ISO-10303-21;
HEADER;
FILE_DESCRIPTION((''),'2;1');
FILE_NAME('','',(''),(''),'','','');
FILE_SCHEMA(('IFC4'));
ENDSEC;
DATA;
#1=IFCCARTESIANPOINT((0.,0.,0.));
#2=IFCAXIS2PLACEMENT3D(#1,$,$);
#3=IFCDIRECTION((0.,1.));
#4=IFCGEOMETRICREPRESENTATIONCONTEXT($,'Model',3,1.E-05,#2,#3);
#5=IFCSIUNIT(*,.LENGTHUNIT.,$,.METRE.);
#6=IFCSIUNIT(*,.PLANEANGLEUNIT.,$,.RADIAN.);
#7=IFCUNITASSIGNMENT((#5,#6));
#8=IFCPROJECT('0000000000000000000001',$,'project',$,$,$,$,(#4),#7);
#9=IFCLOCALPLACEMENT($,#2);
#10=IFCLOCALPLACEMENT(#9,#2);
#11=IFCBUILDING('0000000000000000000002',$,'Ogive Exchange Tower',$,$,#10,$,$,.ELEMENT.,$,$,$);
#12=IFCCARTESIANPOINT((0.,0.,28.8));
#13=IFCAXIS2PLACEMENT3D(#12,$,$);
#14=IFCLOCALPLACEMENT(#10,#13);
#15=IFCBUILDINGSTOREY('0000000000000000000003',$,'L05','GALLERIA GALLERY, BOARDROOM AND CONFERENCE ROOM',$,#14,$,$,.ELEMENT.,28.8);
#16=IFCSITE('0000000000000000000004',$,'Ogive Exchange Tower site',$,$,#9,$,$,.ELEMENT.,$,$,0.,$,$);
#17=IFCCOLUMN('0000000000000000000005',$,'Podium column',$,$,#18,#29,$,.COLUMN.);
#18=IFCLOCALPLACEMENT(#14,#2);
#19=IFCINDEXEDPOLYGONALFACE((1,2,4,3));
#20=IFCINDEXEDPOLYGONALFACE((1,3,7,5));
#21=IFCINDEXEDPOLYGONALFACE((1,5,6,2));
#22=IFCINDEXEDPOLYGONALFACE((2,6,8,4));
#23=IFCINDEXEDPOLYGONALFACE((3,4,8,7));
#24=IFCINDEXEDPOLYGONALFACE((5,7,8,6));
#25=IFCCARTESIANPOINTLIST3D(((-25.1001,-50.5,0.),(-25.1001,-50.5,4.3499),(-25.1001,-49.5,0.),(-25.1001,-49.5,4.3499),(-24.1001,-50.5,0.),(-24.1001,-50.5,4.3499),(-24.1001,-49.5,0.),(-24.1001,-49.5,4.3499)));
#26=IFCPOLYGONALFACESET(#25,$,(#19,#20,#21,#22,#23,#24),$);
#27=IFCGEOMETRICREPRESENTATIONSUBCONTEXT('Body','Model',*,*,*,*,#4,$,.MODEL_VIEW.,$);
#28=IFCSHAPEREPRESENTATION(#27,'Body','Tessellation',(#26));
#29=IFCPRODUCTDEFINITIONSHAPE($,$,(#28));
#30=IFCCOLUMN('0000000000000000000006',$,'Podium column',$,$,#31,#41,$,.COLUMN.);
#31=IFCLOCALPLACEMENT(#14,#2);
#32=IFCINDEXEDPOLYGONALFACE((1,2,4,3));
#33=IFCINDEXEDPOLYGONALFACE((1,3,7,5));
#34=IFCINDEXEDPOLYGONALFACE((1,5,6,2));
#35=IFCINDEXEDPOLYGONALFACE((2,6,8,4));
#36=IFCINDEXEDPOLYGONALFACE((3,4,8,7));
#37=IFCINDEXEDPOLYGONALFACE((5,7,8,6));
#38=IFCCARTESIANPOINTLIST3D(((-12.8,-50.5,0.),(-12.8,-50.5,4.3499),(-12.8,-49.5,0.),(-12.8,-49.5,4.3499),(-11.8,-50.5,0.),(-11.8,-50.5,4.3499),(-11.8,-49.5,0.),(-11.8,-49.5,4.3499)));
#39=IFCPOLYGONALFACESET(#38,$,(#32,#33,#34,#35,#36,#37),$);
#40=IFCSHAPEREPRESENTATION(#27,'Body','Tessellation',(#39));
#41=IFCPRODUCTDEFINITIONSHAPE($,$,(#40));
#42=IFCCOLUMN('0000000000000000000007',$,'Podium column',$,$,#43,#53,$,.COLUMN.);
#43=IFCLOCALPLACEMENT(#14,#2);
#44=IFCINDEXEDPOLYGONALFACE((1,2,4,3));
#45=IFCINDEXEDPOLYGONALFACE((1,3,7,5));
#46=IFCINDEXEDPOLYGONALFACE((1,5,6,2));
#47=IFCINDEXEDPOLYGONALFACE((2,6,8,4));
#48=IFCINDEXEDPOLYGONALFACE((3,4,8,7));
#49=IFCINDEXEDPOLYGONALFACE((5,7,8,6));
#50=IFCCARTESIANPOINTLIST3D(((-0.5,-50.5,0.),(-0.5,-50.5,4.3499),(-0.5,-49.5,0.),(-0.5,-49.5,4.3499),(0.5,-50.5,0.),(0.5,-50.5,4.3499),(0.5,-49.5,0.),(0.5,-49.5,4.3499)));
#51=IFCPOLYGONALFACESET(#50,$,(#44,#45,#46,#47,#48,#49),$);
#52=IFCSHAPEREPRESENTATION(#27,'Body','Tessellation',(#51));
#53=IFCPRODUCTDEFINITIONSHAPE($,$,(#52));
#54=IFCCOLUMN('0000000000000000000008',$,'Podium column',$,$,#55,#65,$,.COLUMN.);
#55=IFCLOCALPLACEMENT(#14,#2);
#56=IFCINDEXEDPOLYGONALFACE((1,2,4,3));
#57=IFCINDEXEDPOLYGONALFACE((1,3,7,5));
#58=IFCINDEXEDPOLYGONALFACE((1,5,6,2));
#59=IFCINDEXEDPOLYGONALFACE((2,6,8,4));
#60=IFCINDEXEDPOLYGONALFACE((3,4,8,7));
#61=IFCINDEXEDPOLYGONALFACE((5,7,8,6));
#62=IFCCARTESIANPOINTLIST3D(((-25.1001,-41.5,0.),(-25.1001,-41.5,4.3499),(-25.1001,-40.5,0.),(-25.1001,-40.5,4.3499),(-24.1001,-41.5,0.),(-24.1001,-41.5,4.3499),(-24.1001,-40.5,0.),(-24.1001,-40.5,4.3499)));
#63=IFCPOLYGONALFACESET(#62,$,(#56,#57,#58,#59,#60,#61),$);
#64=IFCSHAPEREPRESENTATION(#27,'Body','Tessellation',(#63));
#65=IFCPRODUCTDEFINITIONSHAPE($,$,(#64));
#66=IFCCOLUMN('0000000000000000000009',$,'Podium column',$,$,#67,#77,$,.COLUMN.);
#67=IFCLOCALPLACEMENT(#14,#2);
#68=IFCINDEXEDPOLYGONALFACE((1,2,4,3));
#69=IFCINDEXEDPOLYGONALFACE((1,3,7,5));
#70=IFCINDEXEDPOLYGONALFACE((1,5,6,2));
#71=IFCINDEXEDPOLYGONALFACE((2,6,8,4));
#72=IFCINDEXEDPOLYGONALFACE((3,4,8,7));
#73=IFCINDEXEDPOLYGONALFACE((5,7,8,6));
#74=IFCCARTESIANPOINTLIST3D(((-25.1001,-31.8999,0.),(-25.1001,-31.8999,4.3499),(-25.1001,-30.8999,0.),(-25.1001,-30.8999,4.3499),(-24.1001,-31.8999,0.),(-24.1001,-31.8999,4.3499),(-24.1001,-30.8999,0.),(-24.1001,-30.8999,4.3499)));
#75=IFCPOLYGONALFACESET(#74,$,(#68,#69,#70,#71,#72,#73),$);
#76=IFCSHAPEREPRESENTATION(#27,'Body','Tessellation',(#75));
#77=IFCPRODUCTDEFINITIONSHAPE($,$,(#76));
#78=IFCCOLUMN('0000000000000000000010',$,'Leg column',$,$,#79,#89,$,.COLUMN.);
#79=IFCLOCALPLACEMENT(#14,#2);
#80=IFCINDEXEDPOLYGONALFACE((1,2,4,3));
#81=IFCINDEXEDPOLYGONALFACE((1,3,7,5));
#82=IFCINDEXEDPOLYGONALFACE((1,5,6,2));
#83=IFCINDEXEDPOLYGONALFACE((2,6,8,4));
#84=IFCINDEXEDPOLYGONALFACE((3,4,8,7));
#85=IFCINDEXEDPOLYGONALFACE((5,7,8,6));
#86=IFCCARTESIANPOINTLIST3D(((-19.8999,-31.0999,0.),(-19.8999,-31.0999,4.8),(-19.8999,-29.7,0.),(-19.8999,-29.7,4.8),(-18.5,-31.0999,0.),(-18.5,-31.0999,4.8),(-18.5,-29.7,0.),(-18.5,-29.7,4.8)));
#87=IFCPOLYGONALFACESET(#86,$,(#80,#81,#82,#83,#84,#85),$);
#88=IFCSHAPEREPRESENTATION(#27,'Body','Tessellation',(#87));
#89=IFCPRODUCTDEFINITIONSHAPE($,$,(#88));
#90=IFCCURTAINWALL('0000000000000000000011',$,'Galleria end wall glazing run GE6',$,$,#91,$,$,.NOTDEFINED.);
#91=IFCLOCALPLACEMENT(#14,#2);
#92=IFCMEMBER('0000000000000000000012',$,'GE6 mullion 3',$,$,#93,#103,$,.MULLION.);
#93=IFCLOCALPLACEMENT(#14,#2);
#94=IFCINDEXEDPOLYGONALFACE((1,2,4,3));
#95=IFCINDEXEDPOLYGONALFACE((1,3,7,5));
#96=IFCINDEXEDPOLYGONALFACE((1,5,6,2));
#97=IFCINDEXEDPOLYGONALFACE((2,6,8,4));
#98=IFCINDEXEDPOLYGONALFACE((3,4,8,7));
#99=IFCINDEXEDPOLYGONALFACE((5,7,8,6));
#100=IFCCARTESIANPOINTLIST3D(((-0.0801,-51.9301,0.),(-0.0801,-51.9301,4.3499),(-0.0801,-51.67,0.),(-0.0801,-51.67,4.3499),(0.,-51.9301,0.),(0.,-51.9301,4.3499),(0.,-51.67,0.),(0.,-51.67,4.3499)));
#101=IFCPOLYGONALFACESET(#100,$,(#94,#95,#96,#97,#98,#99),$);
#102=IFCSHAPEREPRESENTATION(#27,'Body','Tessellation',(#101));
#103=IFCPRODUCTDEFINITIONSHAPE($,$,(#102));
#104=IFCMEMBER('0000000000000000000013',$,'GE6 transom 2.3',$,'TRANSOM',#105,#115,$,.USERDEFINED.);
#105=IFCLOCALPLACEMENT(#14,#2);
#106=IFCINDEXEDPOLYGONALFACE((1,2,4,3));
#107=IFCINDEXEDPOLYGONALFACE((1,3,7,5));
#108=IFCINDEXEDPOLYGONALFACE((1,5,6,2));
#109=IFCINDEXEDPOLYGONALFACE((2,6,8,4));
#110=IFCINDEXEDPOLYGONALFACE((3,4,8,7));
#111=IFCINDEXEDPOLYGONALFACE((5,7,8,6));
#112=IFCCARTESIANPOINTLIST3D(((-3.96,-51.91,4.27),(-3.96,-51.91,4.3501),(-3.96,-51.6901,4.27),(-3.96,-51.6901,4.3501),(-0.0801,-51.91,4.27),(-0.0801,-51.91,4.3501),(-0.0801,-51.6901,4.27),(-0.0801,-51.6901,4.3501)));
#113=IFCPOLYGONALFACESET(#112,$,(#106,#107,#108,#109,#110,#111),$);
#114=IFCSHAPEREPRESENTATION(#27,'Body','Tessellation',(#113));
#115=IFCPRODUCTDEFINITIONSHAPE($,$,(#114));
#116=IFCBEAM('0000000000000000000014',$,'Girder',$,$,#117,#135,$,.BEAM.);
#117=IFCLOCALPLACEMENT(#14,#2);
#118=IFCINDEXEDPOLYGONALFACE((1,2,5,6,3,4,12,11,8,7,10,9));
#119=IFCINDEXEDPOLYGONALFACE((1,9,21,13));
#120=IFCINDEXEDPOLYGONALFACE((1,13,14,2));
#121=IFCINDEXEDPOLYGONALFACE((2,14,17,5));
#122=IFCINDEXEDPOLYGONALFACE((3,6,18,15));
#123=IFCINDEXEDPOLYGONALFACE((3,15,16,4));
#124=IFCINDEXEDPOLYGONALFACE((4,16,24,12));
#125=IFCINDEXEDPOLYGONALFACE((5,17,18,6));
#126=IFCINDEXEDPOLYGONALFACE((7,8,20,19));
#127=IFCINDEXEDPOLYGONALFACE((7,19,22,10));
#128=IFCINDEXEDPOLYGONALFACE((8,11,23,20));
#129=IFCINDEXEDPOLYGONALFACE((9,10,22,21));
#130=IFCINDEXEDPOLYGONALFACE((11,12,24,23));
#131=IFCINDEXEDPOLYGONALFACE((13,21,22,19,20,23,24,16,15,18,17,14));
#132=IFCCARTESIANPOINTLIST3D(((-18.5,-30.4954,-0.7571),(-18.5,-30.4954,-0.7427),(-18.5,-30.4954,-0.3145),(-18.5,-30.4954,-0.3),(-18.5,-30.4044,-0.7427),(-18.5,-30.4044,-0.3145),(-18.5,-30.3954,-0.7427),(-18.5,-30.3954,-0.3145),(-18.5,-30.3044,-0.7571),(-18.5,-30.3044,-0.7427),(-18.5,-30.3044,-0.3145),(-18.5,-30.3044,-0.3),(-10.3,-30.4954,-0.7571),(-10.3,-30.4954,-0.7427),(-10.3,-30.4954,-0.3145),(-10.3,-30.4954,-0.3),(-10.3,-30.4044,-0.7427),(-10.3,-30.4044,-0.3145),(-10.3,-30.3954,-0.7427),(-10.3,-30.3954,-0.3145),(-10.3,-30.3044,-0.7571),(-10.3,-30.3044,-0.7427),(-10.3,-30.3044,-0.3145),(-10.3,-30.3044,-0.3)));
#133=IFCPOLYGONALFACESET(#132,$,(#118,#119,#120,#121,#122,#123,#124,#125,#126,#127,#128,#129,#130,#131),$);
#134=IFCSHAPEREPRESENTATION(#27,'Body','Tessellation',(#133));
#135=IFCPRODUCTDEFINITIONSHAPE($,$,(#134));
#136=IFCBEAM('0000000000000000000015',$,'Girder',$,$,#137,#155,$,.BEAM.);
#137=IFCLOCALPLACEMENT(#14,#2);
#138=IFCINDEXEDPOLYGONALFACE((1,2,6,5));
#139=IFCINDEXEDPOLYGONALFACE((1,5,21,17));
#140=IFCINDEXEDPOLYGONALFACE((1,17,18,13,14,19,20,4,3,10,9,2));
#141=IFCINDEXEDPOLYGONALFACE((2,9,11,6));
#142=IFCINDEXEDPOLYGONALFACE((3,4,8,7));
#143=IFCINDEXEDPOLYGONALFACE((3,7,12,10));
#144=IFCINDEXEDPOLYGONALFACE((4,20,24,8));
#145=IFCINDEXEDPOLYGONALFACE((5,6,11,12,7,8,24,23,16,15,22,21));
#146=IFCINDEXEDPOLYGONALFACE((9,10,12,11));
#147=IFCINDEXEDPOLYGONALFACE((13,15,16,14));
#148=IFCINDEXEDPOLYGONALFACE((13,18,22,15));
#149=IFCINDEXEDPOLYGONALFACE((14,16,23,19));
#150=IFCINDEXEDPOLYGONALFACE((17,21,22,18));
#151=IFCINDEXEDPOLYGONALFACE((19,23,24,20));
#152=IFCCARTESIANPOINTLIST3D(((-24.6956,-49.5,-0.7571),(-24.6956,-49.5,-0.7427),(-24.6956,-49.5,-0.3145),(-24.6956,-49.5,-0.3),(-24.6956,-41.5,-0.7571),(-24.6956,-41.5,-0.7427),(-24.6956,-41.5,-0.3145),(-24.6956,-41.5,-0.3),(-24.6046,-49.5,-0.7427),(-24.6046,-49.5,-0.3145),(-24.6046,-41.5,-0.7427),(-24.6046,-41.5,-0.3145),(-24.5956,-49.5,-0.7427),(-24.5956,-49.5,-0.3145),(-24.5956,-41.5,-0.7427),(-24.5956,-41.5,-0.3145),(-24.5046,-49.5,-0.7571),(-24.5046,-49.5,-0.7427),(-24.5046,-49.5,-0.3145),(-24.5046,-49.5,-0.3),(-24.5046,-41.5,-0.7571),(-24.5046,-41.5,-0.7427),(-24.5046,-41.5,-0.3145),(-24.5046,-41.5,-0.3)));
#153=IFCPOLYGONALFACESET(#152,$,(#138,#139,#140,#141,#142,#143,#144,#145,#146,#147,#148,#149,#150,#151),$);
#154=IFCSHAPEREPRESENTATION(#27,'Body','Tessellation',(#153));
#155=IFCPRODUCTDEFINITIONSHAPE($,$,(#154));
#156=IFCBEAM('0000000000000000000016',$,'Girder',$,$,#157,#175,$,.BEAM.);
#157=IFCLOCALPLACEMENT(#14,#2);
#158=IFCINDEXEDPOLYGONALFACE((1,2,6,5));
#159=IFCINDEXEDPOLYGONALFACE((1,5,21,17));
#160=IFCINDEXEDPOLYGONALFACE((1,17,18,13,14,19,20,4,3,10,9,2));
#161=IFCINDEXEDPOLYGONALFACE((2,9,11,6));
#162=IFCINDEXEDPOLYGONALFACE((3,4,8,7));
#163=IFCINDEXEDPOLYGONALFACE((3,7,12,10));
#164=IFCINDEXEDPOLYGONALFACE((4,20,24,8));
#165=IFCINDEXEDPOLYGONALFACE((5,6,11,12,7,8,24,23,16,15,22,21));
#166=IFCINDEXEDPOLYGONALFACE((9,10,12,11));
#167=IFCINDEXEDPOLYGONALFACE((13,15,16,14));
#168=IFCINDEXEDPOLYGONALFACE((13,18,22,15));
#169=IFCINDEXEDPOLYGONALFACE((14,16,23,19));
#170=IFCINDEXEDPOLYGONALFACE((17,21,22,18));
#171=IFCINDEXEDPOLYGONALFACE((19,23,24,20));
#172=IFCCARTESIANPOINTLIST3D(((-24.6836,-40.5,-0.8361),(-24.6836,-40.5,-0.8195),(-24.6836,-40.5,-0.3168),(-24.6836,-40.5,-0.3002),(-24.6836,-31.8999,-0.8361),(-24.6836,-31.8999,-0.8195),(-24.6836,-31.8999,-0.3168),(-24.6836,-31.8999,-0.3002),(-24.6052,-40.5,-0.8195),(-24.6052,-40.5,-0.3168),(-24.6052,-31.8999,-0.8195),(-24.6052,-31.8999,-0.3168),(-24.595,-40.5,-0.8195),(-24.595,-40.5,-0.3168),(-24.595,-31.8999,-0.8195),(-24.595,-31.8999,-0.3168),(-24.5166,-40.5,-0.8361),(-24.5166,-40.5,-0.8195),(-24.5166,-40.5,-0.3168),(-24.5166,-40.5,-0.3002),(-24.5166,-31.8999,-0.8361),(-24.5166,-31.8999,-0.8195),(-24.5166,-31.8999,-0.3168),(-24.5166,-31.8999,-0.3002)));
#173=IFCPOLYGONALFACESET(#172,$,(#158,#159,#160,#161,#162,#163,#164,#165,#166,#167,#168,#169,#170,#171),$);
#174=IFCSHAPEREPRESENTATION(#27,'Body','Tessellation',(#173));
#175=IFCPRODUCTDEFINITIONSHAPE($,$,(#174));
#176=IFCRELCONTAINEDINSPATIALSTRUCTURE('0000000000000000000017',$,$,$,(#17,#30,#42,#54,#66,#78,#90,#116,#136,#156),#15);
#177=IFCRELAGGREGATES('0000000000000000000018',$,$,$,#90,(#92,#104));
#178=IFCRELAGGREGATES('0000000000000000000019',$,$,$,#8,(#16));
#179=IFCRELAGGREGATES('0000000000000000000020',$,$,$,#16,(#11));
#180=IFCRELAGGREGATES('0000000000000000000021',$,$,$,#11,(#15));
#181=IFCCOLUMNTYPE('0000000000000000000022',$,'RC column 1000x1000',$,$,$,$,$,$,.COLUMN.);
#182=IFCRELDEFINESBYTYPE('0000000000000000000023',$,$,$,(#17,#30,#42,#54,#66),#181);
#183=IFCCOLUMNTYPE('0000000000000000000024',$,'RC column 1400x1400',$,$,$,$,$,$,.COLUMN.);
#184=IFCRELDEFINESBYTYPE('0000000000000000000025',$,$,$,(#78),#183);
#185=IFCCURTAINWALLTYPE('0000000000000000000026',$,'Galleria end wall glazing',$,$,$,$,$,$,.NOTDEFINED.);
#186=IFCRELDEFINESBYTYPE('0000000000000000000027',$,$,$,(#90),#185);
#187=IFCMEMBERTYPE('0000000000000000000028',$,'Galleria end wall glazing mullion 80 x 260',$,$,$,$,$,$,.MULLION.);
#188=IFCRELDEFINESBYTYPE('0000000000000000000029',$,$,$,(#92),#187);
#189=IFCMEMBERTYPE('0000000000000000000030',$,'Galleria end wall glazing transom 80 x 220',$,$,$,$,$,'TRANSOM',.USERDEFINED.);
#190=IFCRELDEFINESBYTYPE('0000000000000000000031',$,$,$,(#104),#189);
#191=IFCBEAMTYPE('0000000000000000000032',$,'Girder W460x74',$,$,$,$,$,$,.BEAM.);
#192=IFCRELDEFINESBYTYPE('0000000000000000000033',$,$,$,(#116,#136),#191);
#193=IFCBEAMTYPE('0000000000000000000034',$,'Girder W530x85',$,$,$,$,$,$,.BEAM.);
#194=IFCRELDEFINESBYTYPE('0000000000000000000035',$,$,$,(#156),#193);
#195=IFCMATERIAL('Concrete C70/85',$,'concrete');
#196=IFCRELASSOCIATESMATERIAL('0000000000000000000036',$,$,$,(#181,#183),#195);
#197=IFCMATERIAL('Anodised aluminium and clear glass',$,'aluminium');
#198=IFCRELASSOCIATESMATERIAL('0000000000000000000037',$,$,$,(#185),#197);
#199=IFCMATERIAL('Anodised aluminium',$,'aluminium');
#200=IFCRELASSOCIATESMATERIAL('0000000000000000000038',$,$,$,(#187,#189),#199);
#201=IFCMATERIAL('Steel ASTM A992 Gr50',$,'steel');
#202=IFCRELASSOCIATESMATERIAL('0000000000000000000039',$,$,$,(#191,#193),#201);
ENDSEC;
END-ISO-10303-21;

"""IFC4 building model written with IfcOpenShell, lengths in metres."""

from ifc_helpers import new_model, si_unit, direction, frame, origin, origin_2d, place, context, subcontext, project, spatial, rectangle, i_section, extrude, material, material_profile, profile_set, type_object, element, aggregate, save


model = new_model("IFC4")

# Units and contexts
model_context = context("Model", 3, precision=1e-05, world=origin(), true_north=direction((0.0, 1.0)))
body_context = subcontext(model_context, "Body", "Model", "MODEL_VIEW")
ifc_project = project(units=[si_unit("LENGTHUNIT", "METRE"), si_unit("PLANEANGLEUNIT", "RADIAN")], contexts=[model_context])

# Site, building, storey
site_placement = place(None, origin())
site = spatial("IfcSite", under=ifc_project, at=site_placement, Name="Ogive Exchange Tower site", CompositionType="ELEMENT", RefElevation=0.0)
building_placement = place(site_placement, origin())
building = spatial("IfcBuilding", under=site, at=building_placement, Name="Ogive Exchange Tower", CompositionType="ELEMENT")
storey_placement = place(building_placement, frame((0.0, 0.0, 28.8)))
storey = spatial("IfcBuildingStorey", under=building, at=storey_placement, Name="L05", Description="GALLERIA GALLERY, BOARDROOM AND CONFERENCE ROOM", CompositionType="ELEMENT", Elevation=28.8)

# Columns
ifc_material_1 = material(Name="Concrete C70/85", Category="concrete")
ifc_material_profile_1 = material_profile(ifc_material_1, rectangle(XDim=1.0, YDim=1.0, at=origin_2d()), Name="RC 1000x1000")
ifc_profile_set_1 = profile_set([ifc_material_profile_1], Name="Concrete C70/85")
column_type_1 = type_object("IfcColumnType", Name="RC column 1000x1000", PredefinedType="COLUMN", material=ifc_profile_set_1)
for number, where, z_axis, x_axis, name in (
    (1, (-24.6001, -50.0, 0.0), (0.0, 0.0, 1.0), (1.0, 0.0, 0.0), "Podium column"),
    (2, (-12.3, -50.0, 0.0), (0.0, 0.0, 1.0), (1.0, 0.0, 0.0), "Podium column"),
    (3, (0.0, -50.0, 0.0), (0.0, 0.0, 1.0), (1.0, 0.0, 0.0), "Podium column"),
    (4, (-24.6001, -41.0, 0.0), (0.0, 0.0, 1.0), (1.0, 0.0, 0.0), "Podium column"),
    (5, (-24.6001, -31.3999, 0.0), (0.0, 0.0, 1.0), (1.0, 0.0, 0.0), "Podium column"),
):
    element("IfcColumn", number, at=place(storey_placement, frame(where, z_axis=z_axis, x_axis=x_axis)), inside=storey, type_object=column_type_1, Name=name, PredefinedType="COLUMN", context=body_context, shape_type="SweptSolid", body=[
        extrude(rectangle(XDim=1.0, YDim=1.0, at=origin_2d()), origin(), (0.0, 0.0, 1.0), 4.3499),
    ])
ifc_material_profile_2 = material_profile(ifc_material_1, rectangle(XDim=1.3999, YDim=1.3999, at=origin_2d()), Name="RC 1400x1400")
ifc_profile_set_2 = profile_set([ifc_material_profile_2], Name="Concrete C70/85")
column_type_2 = type_object("IfcColumnType", Name="RC column 1400x1400", PredefinedType="COLUMN", material=ifc_profile_set_2)
column_placement = place(storey_placement, frame((-19.2, -30.3999, 0.0), z_axis=(0.0, 0.0, 1.0), x_axis=(1.0, 0.0, 0.0)))
element("IfcColumn", 6, at=column_placement, inside=storey, type_object=column_type_2, Name="Leg column", PredefinedType="COLUMN", context=body_context, shape_type="SweptSolid", body=[
    extrude(rectangle(XDim=1.3999, YDim=1.3999, at=origin_2d()), origin(), (0.0, 0.0, 1.0), 4.8),
])

# Curtain wall, members
ifc_material_2 = material(Name="Anodised aluminium and clear glass", Category="aluminium")
curtain_wall_type = type_object("IfcCurtainWallType", Name="Galleria end wall glazing", PredefinedType="NOTDEFINED", material=ifc_material_2)
curtain_wall_placement = place(storey_placement, origin())
curtain_wall = element("IfcCurtainWall", 7, at=curtain_wall_placement, inside=storey, type_object=curtain_wall_type, Name="Galleria end wall glazing run GE6", PredefinedType="NOTDEFINED")
ifc_material_3 = material(Name="Anodised aluminium", Category="aluminium")
ifc_material_profile_3 = material_profile(ifc_material_3, rectangle(XDim=0.26, YDim=0.0801, at=origin_2d()), Name="AL 80x260")
ifc_profile_set_3 = profile_set([ifc_material_profile_3], Name="Anodised aluminium")
member_type_1 = type_object("IfcMemberType", Name="Galleria end wall glazing mullion 80 x 260", PredefinedType="MULLION", material=ifc_profile_set_3)
member_1_placement = place(storey_placement, frame((-0.04, -51.8, 0.0), z_axis=(0.0, 0.0, 1.0), x_axis=(0.0, 1.0, 0.0)))
member_1 = element("IfcMember", 8, at=member_1_placement, type_object=member_type_1, Name="GE6 mullion 3", PredefinedType="MULLION", context=body_context, shape_type="SweptSolid", body=[
    extrude(rectangle(XDim=0.26, YDim=0.0801, at=origin_2d()), origin(), (0.0, 0.0, 1.0), 4.3499),
])
ifc_material_profile_4 = material_profile(ifc_material_3, rectangle(XDim=0.22, YDim=0.0801, at=origin_2d()), Name="AL 80x220")
ifc_profile_set_4 = profile_set([ifc_material_profile_4], Name="Anodised aluminium")
member_type_2 = type_object("IfcMemberType", Name="Galleria end wall glazing transom 80 x 220", ElementType="TRANSOM", PredefinedType="USERDEFINED", material=ifc_profile_set_4)
member_2_placement = place(storey_placement, frame((-3.96, -51.8, 4.3101), z_axis=(1.0, 0.0, 0.0), x_axis=(0.0, 1.0, 0.0)))
member_2 = element("IfcMember", 9, at=member_2_placement, type_object=member_type_2, Name="GE6 transom 2.3", ObjectType="TRANSOM", PredefinedType="USERDEFINED", context=body_context, shape_type="SweptSolid", body=[
    extrude(rectangle(XDim=0.22, YDim=0.0801, at=origin_2d()), origin(), (0.0, 0.0, 1.0), 3.8799),
])

# Beams
ifc_material_4 = material(Name="Steel ASTM A992 Gr50", Category="steel")
ifc_material_profile_5 = material_profile(ifc_material_4, i_section(OverallWidth=0.1909, OverallDepth=0.457, WebThickness=0.009, FlangeThickness=0.0144, at=origin_2d()), Name="W460x74")
ifc_profile_set_5 = profile_set([ifc_material_profile_5], Name="Steel ASTM A992 Gr50")
beam_type_1 = type_object("IfcBeamType", Name="Girder W460x74", PredefinedType="BEAM", material=ifc_profile_set_5)
beam_1_placement = place(storey_placement, frame((-18.5, -30.3999, -0.5286), z_axis=(1.0, 0.0, 0.0), x_axis=(0.0, 1.0, 0.0)))
element("IfcBeam", 10, at=beam_1_placement, inside=storey, type_object=beam_type_1, Name="Girder", PredefinedType="BEAM", context=body_context, shape_type="SweptSolid", body=[
    extrude(i_section(OverallWidth=0.1909, OverallDepth=0.457, WebThickness=0.009, FlangeThickness=0.0144, at=origin_2d()), origin(), (0.0, 0.0, 1.0), 8.2),
])
beam_2_placement = place(storey_placement, frame((-24.6001, -49.5, -0.5286), z_axis=(0.0, 1.0, 0.0), x_axis=(-1.0, 0.0, 0.0)))
element("IfcBeam", 11, at=beam_2_placement, inside=storey, type_object=beam_type_1, Name="Girder", PredefinedType="BEAM", context=body_context, shape_type="SweptSolid", body=[
    extrude(i_section(OverallWidth=0.1909, OverallDepth=0.457, WebThickness=0.009, FlangeThickness=0.0144, at=origin_2d()), origin(), (0.0, 0.0, 1.0), 8.0),
])
ifc_material_profile_6 = material_profile(ifc_material_4, i_section(OverallWidth=0.167, OverallDepth=0.5359, WebThickness=0.0103, FlangeThickness=0.0166, at=origin_2d()), Name="W530x85")
ifc_profile_set_6 = profile_set([ifc_material_profile_6], Name="Steel ASTM A992 Gr50")
beam_type_2 = type_object("IfcBeamType", Name="Girder W530x85", PredefinedType="BEAM", material=ifc_profile_set_6)
beam_3_placement = place(storey_placement, frame((-24.6001, -40.5, -0.5681), z_axis=(0.0, 1.0, 0.0), x_axis=(-1.0, 0.0, 0.0)))
element("IfcBeam", 12, at=beam_3_placement, inside=storey, type_object=beam_type_2, Name="Girder", PredefinedType="BEAM", context=body_context, shape_type="SweptSolid", body=[
    extrude(i_section(OverallWidth=0.167, OverallDepth=0.5359, WebThickness=0.0103, FlangeThickness=0.0166, at=origin_2d()), origin(), (0.0, 0.0, 1.0), 8.6001),
])

aggregate(curtain_wall, [member_1, member_2])

save(model, "model.ifc")
